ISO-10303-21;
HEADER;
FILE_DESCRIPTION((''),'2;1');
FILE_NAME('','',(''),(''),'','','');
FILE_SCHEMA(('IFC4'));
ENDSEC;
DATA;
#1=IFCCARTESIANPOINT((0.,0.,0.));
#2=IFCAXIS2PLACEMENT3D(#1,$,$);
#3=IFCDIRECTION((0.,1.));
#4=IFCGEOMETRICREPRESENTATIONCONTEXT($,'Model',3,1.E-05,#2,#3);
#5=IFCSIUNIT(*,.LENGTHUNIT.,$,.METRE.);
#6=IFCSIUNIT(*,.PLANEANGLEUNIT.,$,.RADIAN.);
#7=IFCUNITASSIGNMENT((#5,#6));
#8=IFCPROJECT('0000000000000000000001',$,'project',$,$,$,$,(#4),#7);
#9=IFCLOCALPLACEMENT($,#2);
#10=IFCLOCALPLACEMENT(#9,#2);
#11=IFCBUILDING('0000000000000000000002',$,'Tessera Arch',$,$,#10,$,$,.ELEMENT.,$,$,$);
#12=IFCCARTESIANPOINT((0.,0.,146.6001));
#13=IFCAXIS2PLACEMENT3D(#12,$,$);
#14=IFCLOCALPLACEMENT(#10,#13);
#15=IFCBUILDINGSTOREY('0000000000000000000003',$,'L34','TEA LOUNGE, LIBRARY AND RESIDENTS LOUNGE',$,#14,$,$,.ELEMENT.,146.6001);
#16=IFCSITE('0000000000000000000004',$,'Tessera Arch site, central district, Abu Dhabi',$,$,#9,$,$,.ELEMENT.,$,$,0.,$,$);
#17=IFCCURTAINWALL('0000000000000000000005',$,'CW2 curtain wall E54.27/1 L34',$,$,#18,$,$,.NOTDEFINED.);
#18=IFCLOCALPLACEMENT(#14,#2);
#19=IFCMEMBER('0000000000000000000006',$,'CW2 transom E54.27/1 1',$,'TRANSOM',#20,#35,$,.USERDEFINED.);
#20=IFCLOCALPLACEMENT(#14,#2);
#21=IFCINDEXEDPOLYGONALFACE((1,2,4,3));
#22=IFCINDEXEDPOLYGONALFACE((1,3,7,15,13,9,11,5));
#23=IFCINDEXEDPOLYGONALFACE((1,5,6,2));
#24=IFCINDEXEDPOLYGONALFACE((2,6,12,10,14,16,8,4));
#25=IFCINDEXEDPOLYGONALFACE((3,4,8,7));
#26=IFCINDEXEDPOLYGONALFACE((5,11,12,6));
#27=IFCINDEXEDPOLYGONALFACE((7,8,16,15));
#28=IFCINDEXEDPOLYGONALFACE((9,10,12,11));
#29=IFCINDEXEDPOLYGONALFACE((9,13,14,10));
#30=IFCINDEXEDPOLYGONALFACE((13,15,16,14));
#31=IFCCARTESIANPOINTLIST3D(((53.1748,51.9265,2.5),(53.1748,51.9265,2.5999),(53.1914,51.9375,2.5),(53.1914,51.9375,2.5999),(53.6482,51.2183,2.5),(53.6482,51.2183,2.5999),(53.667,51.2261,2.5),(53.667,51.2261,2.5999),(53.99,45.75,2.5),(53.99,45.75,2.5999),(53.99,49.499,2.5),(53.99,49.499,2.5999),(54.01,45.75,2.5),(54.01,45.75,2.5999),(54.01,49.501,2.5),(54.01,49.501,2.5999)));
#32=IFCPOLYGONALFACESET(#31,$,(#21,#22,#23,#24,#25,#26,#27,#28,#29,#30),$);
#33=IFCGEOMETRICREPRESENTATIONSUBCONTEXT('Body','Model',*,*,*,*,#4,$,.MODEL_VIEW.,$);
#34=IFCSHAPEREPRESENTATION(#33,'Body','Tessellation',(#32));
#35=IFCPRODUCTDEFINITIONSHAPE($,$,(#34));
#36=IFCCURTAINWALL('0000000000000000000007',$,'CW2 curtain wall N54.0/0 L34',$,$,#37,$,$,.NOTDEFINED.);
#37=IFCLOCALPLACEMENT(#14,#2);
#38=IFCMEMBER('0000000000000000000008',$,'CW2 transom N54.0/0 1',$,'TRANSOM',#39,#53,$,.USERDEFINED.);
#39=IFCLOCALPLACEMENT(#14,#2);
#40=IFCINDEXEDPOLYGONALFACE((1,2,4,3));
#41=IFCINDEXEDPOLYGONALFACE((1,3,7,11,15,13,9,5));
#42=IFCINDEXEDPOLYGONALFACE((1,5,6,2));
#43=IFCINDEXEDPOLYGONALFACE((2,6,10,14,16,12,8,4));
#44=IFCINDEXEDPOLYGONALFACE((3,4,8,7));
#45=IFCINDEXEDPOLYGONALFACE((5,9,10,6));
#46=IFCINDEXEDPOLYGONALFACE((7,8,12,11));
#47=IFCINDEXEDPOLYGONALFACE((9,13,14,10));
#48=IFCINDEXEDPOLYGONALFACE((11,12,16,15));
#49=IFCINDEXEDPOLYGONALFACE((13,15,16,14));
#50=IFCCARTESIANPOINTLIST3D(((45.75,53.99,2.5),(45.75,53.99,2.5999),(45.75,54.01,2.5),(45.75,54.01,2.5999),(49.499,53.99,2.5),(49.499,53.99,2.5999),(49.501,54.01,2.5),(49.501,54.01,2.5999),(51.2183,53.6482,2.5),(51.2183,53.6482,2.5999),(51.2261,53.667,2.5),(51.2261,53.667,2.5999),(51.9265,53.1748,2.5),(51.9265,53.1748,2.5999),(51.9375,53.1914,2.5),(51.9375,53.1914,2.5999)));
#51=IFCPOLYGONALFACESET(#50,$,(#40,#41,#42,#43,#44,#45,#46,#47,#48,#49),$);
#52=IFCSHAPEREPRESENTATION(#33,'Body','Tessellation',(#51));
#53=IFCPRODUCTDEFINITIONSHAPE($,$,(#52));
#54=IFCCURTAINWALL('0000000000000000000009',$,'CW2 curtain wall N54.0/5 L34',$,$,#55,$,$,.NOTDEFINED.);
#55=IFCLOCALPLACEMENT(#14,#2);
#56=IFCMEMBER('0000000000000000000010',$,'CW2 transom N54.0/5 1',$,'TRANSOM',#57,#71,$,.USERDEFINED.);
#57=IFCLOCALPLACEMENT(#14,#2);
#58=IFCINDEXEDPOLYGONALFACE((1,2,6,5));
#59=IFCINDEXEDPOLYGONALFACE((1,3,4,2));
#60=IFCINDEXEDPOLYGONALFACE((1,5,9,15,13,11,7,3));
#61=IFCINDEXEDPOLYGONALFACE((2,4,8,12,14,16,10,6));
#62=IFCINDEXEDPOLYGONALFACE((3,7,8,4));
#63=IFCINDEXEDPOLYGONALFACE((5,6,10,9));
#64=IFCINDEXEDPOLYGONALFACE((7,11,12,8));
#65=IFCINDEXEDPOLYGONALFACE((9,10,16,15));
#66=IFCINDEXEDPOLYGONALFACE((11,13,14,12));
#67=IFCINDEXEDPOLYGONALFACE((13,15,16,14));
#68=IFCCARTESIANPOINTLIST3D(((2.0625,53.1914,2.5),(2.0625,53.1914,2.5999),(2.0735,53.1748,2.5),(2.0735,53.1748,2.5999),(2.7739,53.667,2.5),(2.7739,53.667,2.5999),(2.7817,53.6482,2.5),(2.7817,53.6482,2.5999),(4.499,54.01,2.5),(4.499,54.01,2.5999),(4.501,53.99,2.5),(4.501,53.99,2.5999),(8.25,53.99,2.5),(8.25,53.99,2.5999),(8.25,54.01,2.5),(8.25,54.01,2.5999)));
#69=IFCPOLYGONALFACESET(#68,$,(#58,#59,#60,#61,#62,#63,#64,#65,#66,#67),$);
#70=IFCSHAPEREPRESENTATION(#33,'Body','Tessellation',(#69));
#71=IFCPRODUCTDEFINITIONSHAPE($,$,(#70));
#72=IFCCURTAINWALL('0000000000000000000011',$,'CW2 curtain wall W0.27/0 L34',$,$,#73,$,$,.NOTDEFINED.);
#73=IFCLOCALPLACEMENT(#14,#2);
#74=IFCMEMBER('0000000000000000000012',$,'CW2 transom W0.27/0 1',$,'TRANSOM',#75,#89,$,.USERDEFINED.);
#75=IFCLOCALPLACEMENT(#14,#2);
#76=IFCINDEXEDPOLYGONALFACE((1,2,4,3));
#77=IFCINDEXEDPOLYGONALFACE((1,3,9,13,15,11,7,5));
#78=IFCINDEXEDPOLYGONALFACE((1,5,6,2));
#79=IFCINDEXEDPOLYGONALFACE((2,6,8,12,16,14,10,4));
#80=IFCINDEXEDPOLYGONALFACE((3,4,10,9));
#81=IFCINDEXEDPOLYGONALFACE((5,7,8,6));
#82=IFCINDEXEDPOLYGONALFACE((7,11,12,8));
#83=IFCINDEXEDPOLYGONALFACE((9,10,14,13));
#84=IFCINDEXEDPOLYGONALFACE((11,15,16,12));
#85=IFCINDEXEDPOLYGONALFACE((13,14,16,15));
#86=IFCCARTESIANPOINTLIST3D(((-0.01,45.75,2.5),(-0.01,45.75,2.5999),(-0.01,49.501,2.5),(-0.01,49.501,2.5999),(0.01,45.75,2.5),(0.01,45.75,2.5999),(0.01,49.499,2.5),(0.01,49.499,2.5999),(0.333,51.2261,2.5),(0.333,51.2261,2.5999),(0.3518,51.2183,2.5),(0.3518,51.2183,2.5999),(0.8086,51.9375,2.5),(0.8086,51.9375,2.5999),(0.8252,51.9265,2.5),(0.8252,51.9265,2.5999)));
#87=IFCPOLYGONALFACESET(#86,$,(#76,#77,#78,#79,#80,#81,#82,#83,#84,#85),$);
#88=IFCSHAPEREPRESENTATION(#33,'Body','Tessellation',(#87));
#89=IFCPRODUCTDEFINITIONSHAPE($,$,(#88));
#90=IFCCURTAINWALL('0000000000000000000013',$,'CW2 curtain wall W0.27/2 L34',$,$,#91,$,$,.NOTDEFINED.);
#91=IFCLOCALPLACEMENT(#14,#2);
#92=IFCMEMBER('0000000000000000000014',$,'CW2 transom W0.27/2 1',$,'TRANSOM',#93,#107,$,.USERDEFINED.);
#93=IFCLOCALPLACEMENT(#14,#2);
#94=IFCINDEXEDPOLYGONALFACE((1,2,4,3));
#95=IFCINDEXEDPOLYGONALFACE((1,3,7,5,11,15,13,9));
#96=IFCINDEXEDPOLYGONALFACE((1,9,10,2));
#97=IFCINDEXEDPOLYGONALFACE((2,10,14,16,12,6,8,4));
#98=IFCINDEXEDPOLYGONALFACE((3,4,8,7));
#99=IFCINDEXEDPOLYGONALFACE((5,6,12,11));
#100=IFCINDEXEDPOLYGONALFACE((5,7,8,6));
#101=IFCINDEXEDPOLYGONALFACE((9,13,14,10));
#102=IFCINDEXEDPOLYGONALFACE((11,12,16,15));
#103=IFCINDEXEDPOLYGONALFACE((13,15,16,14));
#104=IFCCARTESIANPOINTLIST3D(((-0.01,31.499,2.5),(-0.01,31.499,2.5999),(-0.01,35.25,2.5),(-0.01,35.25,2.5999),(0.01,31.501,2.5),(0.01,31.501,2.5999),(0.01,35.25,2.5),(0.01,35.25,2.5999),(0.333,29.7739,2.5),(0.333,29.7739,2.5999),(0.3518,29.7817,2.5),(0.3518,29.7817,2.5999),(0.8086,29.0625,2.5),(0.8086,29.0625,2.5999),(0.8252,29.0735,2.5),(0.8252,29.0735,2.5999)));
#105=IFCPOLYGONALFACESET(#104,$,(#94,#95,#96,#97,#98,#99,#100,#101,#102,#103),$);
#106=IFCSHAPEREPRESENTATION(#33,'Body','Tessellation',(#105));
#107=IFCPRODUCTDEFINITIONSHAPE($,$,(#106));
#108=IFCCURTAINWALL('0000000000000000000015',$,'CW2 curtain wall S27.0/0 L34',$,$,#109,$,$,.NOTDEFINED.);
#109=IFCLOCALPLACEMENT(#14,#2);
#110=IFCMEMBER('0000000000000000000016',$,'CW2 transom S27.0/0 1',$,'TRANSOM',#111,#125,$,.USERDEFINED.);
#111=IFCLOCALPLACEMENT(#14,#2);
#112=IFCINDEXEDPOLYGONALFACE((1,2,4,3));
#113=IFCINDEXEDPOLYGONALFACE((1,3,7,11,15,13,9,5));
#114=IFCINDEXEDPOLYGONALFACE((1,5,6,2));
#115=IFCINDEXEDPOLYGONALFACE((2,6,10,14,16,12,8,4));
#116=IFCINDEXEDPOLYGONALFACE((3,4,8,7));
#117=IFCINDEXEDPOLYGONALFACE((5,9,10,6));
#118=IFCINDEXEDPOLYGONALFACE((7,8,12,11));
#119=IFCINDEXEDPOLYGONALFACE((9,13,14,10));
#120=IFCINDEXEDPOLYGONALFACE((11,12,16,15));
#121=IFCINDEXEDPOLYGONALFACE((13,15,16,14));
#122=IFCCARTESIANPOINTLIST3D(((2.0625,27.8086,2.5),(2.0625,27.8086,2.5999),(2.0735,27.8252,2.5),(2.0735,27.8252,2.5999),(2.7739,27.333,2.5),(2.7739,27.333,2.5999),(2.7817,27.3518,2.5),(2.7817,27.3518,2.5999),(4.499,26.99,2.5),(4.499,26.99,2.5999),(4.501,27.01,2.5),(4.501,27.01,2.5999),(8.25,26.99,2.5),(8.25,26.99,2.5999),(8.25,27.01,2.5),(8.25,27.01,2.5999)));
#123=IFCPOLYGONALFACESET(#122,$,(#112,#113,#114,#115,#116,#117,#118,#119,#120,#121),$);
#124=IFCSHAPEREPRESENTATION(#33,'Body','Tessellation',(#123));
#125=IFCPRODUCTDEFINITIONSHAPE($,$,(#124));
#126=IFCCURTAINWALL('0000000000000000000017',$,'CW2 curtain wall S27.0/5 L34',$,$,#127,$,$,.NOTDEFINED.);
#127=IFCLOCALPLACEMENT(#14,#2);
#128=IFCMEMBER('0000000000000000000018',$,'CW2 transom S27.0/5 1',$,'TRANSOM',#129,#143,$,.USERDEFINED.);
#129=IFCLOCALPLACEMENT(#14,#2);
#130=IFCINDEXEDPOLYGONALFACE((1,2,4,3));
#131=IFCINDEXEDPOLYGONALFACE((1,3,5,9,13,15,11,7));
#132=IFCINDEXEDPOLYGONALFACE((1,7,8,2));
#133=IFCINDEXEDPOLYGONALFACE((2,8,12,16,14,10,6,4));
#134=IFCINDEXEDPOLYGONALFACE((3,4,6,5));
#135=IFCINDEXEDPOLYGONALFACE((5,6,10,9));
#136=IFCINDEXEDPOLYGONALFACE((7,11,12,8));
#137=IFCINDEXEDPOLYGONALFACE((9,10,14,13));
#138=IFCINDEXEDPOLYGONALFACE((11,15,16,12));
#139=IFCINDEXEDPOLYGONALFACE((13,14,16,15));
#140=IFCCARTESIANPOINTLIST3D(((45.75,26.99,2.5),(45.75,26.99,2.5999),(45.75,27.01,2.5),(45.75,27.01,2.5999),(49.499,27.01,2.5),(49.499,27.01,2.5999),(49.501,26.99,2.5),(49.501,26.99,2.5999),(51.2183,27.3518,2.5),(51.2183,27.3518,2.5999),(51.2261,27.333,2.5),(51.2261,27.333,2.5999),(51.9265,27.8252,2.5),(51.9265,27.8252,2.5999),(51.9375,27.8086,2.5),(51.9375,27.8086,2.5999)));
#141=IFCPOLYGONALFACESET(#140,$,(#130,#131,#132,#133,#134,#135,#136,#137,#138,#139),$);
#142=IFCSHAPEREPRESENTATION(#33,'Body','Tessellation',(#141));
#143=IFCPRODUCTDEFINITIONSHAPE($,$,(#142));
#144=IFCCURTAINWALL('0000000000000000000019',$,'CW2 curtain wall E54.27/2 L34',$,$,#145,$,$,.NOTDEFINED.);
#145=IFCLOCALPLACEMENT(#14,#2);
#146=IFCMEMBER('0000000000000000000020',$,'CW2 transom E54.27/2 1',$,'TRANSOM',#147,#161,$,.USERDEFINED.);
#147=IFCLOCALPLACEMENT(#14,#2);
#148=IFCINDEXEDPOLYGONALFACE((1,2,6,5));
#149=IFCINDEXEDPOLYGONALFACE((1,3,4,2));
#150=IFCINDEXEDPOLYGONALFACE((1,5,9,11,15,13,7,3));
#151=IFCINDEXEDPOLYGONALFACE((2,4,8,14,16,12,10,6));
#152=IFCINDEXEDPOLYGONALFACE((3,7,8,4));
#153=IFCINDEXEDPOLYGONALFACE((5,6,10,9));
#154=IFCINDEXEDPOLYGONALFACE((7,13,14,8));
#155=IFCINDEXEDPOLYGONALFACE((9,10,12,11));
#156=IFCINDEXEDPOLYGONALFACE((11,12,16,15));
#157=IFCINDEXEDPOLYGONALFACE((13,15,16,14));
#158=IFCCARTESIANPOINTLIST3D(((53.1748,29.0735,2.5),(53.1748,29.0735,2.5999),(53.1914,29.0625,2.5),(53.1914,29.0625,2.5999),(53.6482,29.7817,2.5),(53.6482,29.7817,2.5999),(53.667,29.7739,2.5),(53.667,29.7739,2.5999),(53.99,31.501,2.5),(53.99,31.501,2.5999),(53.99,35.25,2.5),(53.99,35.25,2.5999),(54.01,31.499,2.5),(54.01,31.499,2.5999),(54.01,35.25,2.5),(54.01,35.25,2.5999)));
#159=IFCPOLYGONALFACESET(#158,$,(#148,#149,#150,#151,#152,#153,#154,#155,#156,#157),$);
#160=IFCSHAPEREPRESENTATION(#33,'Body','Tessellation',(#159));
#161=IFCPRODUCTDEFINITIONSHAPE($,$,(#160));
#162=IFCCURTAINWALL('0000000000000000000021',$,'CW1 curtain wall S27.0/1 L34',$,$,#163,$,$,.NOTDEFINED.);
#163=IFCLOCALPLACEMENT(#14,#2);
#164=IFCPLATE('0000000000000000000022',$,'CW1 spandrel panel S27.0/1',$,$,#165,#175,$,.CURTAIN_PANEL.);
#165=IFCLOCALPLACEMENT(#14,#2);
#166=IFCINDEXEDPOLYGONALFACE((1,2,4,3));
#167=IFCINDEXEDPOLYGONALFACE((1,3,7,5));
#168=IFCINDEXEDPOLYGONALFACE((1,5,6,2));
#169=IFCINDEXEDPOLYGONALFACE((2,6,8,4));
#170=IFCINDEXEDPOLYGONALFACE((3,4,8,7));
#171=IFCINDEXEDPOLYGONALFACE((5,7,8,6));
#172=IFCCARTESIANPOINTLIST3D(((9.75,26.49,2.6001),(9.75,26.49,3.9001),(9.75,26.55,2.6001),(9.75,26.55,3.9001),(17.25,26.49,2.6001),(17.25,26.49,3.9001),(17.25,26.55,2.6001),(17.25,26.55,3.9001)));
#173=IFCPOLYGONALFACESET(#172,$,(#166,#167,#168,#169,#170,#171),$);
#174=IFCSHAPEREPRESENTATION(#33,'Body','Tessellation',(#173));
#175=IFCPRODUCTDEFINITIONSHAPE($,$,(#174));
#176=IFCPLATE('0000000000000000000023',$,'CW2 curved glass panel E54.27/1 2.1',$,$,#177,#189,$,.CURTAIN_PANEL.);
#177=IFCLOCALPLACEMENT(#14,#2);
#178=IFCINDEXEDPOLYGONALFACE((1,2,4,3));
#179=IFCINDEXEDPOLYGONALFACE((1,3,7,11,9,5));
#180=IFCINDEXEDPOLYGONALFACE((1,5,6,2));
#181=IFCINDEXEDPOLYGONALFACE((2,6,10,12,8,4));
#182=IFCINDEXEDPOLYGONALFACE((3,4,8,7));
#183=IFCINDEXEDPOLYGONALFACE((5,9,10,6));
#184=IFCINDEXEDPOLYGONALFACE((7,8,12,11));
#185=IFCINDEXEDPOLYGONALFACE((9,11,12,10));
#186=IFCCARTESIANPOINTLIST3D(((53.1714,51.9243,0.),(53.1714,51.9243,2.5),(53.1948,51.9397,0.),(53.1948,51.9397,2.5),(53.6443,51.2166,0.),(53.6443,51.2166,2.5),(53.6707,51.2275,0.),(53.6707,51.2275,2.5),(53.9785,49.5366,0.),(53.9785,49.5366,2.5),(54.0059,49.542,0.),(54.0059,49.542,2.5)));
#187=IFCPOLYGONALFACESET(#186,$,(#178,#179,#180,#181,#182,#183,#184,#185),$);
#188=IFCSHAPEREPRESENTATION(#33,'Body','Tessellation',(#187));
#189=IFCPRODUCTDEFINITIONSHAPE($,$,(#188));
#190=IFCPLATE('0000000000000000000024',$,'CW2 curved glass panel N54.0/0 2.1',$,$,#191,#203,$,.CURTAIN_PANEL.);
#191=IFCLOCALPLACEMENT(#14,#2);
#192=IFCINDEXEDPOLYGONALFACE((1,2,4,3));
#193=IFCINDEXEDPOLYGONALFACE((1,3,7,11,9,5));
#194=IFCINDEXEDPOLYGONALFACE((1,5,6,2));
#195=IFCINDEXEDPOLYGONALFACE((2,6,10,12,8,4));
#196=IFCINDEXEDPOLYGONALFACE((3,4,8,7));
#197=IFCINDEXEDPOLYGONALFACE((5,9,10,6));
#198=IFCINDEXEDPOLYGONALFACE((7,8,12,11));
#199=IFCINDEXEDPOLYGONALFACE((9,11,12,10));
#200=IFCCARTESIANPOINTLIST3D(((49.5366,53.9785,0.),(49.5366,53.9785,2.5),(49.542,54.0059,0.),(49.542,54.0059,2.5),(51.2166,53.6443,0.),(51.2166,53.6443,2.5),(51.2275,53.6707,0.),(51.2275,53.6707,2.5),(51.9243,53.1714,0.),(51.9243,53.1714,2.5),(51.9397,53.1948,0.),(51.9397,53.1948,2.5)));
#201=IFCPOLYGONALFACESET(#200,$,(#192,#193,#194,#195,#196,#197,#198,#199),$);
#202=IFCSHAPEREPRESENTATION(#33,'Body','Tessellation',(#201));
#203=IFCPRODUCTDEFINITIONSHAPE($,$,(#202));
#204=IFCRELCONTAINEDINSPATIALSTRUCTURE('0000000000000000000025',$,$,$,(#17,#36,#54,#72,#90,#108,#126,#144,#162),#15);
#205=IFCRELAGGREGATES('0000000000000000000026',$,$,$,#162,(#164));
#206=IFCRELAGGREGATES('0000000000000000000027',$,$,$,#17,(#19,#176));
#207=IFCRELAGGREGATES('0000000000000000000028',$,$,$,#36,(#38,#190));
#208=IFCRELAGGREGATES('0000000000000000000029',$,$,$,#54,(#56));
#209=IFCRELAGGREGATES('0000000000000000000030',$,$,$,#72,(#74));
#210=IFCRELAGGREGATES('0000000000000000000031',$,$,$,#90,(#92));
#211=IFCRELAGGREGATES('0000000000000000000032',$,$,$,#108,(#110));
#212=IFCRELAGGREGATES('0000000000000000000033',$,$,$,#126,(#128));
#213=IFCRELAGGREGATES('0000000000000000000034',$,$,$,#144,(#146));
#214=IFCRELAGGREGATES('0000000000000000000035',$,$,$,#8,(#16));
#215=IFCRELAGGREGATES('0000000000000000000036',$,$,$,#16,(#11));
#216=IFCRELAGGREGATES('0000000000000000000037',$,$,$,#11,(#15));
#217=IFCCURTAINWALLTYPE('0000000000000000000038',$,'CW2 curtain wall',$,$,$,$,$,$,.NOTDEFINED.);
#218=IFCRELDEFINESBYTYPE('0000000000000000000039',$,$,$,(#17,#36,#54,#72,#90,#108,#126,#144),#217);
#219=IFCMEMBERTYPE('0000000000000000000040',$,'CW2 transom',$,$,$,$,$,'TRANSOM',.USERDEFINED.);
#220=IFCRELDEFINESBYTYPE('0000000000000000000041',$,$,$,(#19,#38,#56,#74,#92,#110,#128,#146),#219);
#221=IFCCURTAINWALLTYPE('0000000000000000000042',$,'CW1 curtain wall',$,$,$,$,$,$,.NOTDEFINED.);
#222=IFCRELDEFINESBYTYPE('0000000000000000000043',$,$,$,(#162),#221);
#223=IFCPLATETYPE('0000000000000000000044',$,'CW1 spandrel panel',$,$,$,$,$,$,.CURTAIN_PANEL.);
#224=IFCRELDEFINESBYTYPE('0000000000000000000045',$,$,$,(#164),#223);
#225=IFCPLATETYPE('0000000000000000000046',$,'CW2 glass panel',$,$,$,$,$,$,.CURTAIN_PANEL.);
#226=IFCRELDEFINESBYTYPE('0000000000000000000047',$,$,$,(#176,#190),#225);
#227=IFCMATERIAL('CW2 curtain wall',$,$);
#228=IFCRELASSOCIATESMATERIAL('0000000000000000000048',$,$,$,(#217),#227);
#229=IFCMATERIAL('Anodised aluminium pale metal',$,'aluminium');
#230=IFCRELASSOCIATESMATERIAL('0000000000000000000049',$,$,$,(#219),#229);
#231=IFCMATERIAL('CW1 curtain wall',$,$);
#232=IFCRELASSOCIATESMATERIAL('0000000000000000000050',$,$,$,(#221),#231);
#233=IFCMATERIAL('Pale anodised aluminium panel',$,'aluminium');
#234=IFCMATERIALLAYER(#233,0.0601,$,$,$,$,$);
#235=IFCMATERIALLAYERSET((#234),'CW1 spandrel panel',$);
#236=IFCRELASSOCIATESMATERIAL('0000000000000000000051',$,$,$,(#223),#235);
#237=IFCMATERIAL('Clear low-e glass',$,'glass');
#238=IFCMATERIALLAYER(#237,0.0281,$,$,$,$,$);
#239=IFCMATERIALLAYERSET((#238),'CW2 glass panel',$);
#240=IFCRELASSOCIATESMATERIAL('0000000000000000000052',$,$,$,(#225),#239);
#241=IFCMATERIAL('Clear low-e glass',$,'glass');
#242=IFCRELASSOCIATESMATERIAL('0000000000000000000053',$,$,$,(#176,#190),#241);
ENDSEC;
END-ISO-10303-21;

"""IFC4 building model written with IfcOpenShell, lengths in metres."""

from ifc_helpers import new_model, si_unit, direction, frame, origin, origin_2d, place, context, subcontext, project, spatial, polyline, rectangle, outline, extrude, material, layer, layer_set, material_profile, profile_set, type_object, element, aggregate, save


model = new_model("IFC4")

# Units and contexts
model_context = context("Model", 3, precision=1e-05, world=origin(), true_north=direction((0.0, 1.0)))
body_context = subcontext(model_context, "Body", "Model", "MODEL_VIEW")
ifc_project = project(units=[si_unit("LENGTHUNIT", "METRE"), si_unit("PLANEANGLEUNIT", "RADIAN")], contexts=[model_context])

# Site, building, storey
site_placement = place(None, origin())
site = spatial("IfcSite", under=ifc_project, at=site_placement, Name="Tessera Arch site, central district, Abu Dhabi", CompositionType="ELEMENT", RefElevation=0.0)
building_placement = place(site_placement, origin())
building = spatial("IfcBuilding", under=site, at=building_placement, Name="Tessera Arch", CompositionType="ELEMENT")
storey_placement = place(building_placement, frame((0.0, 0.0, 146.6001)))
storey = spatial("IfcBuildingStorey", under=building, at=storey_placement, Name="L34", Description="TEA LOUNGE, LIBRARY AND RESIDENTS LOUNGE", CompositionType="ELEMENT", Elevation=146.6001)

# Curtain walls, members
ifc_material_1 = material(Name="CW2 curtain wall")
curtain_wall_type_1 = type_object("IfcCurtainWallType", Name="CW2 curtain wall", PredefinedType="NOTDEFINED", material=ifc_material_1)
curtain_wall_1_placement = place(storey_placement, origin())
curtain_wall_1 = element("IfcCurtainWall", 1, at=curtain_wall_1_placement, inside=storey, type_object=curtain_wall_type_1, Name="CW2 curtain wall E54.27/1 L34", PredefinedType="NOTDEFINED")
ifc_material_2 = material(Name="Anodised aluminium pale metal", Category="aluminium")
ifc_material_profile = material_profile(ifc_material_2, rectangle(XDim=0.2, YDim=0.1001, at=origin_2d()), Name="AL 200x100")
ifc_profile_set = profile_set([ifc_material_profile], Name="Anodised aluminium pale metal")
member_type = type_object("IfcMemberType", Name="CW2 transom", ElementType="TRANSOM", PredefinedType="USERDEFINED", material=ifc_profile_set)
member_1_placement = place(storey_placement, frame((0.0, 0.0, 2.5)))
member_1 = element("IfcMember", 2, at=member_1_placement, type_object=member_type, Name="CW2 transom E54.27/1 1", ObjectType="TRANSOM", PredefinedType="USERDEFINED", context=body_context, shape_type="SweptSolid", body=[
    extrude(outline(polyline([(53.99, 49.499), (53.99, 45.75), (54.01, 45.75), (54.01, 49.501), (53.667, 51.2261), (53.1914, 51.9375), (53.1748, 51.9265), (53.6482, 51.2183), (53.99, 49.499)])), origin(), (0.0, 0.0, 1.0), 0.0999),
])
curtain_wall_2_placement = place(storey_placement, origin())
curtain_wall_2 = element("IfcCurtainWall", 3, at=curtain_wall_2_placement, inside=storey, type_object=curtain_wall_type_1, Name="CW2 curtain wall N54.0/0 L34", PredefinedType="NOTDEFINED")
member_2_placement = place(storey_placement, frame((0.0, 0.0, 2.5)))
member_2 = element("IfcMember", 4, at=member_2_placement, type_object=member_type, Name="CW2 transom N54.0/0 1", ObjectType="TRANSOM", PredefinedType="USERDEFINED", context=body_context, shape_type="SweptSolid", body=[
    extrude(outline(polyline([(51.2183, 53.6482), (51.9265, 53.1748), (51.9375, 53.1914), (51.2261, 53.667), (49.501, 54.01), (45.75, 54.01), (45.75, 53.99), (49.499, 53.99), (51.2183, 53.6482)])), origin(), (0.0, 0.0, 1.0), 0.0999),
])
curtain_wall_3_placement = place(storey_placement, origin())
curtain_wall_3 = element("IfcCurtainWall", 5, at=curtain_wall_3_placement, inside=storey, type_object=curtain_wall_type_1, Name="CW2 curtain wall N54.0/5 L34", PredefinedType="NOTDEFINED")
member_3_placement = place(storey_placement, frame((0.0, 0.0, 2.5)))
member_3 = element("IfcMember", 6, at=member_3_placement, type_object=member_type, Name="CW2 transom N54.0/5 1", ObjectType="TRANSOM", PredefinedType="USERDEFINED", context=body_context, shape_type="SweptSolid", body=[
    extrude(outline(polyline([(4.501, 53.99), (8.25, 53.99), (8.25, 54.01), (4.499, 54.01), (2.7739, 53.667), (2.0625, 53.1914), (2.0735, 53.1748), (2.7817, 53.6482), (4.501, 53.99)])), origin(), (0.0, 0.0, 1.0), 0.0999),
])
curtain_wall_4_placement = place(storey_placement, origin())
curtain_wall_4 = element("IfcCurtainWall", 7, at=curtain_wall_4_placement, inside=storey, type_object=curtain_wall_type_1, Name="CW2 curtain wall W0.27/0 L34", PredefinedType="NOTDEFINED")
member_4_placement = place(storey_placement, frame((0.0, 0.0, 2.5)))
member_4 = element("IfcMember", 8, at=member_4_placement, type_object=member_type, Name="CW2 transom W0.27/0 1", ObjectType="TRANSOM", PredefinedType="USERDEFINED", context=body_context, shape_type="SweptSolid", body=[
    extrude(outline(polyline([(0.3518, 51.2183), (0.8252, 51.9265), (0.8086, 51.9375), (0.333, 51.2261), (-0.01, 49.501), (-0.01, 45.75), (0.01, 45.75), (0.01, 49.499), (0.3518, 51.2183)])), origin(), (0.0, 0.0, 1.0), 0.0999),
])
curtain_wall_5_placement = place(storey_placement, origin())
curtain_wall_5 = element("IfcCurtainWall", 9, at=curtain_wall_5_placement, inside=storey, type_object=curtain_wall_type_1, Name="CW2 curtain wall W0.27/2 L34", PredefinedType="NOTDEFINED")
member_5_placement = place(storey_placement, frame((0.0, 0.0, 2.5)))
member_5 = element("IfcMember", 10, at=member_5_placement, type_object=member_type, Name="CW2 transom W0.27/2 1", ObjectType="TRANSOM", PredefinedType="USERDEFINED", context=body_context, shape_type="SweptSolid", body=[
    extrude(outline(polyline([(0.01, 31.501), (0.01, 35.25), (-0.01, 35.25), (-0.01, 31.499), (0.333, 29.7739), (0.8086, 29.0625), (0.8252, 29.0735), (0.3518, 29.7817), (0.01, 31.501)])), origin(), (0.0, 0.0, 1.0), 0.0999),
])
curtain_wall_6_placement = place(storey_placement, origin())
curtain_wall_6 = element("IfcCurtainWall", 11, at=curtain_wall_6_placement, inside=storey, type_object=curtain_wall_type_1, Name="CW2 curtain wall S27.0/0 L34", PredefinedType="NOTDEFINED")
member_6_placement = place(storey_placement, frame((0.0, 0.0, 2.5)))
member_6 = element("IfcMember", 12, at=member_6_placement, type_object=member_type, Name="CW2 transom S27.0/0 1", ObjectType="TRANSOM", PredefinedType="USERDEFINED", context=body_context, shape_type="SweptSolid", body=[
    extrude(outline(polyline([(2.7817, 27.3518), (2.0735, 27.8252), (2.0625, 27.8086), (2.7739, 27.333), (4.499, 26.99), (8.25, 26.99), (8.25, 27.01), (4.501, 27.01), (2.7817, 27.3518)])), origin(), (0.0, 0.0, 1.0), 0.0999),
])
curtain_wall_7_placement = place(storey_placement, origin())
curtain_wall_7 = element("IfcCurtainWall", 13, at=curtain_wall_7_placement, inside=storey, type_object=curtain_wall_type_1, Name="CW2 curtain wall S27.0/5 L34", PredefinedType="NOTDEFINED")
member_7_placement = place(storey_placement, frame((0.0, 0.0, 2.5)))
member_7 = element("IfcMember", 14, at=member_7_placement, type_object=member_type, Name="CW2 transom S27.0/5 1", ObjectType="TRANSOM", PredefinedType="USERDEFINED", context=body_context, shape_type="SweptSolid", body=[
    extrude(outline(polyline([(49.499, 27.01), (45.75, 27.01), (45.75, 26.99), (49.501, 26.99), (51.2261, 27.333), (51.9375, 27.8086), (51.9265, 27.8252), (51.2183, 27.3518), (49.499, 27.01)])), origin(), (0.0, 0.0, 1.0), 0.0999),
])
curtain_wall_8_placement = place(storey_placement, origin())
curtain_wall_8 = element("IfcCurtainWall", 15, at=curtain_wall_8_placement, inside=storey, type_object=curtain_wall_type_1, Name="CW2 curtain wall E54.27/2 L34", PredefinedType="NOTDEFINED")
member_8_placement = place(storey_placement, frame((0.0, 0.0, 2.5)))
member_8 = element("IfcMember", 16, at=member_8_placement, type_object=member_type, Name="CW2 transom E54.27/2 1", ObjectType="TRANSOM", PredefinedType="USERDEFINED", context=body_context, shape_type="SweptSolid", body=[
    extrude(outline(polyline([(53.6482, 29.7817), (53.1748, 29.0735), (53.1914, 29.0625), (53.667, 29.7739), (54.01, 31.499), (54.01, 35.25), (53.99, 35.25), (53.99, 31.501), (53.6482, 29.7817)])), origin(), (0.0, 0.0, 1.0), 0.0999),
])

# Curtain wall, plate
ifc_material_3 = material(Name="CW1 curtain wall")
curtain_wall_type_2 = type_object("IfcCurtainWallType", Name="CW1 curtain wall", PredefinedType="NOTDEFINED", material=ifc_material_3)
curtain_wall_9_placement = place(storey_placement, origin())
curtain_wall_9 = element("IfcCurtainWall", 17, at=curtain_wall_9_placement, inside=storey, type_object=curtain_wall_type_2, Name="CW1 curtain wall S27.0/1 L34", PredefinedType="NOTDEFINED")
ifc_material_4 = material(Name="Pale anodised aluminium panel", Category="aluminium")
ifc_layer_1 = layer(ifc_material_4, 0.0601)
ifc_layer_set_1 = layer_set([ifc_layer_1], Name="CW1 spandrel panel")
plate_type_1 = type_object("IfcPlateType", Name="CW1 spandrel panel", PredefinedType="CURTAIN_PANEL", material=ifc_layer_set_1)
plate_1_placement = place(storey_placement, frame((13.5, 26.52, 2.6001), z_axis=(0.0, 0.0, 1.0), x_axis=(1.0, 0.0, 0.0)))
plate_1 = element("IfcPlate", 18, at=plate_1_placement, type_object=plate_type_1, Name="CW1 spandrel panel S27.0/1", PredefinedType="CURTAIN_PANEL", context=body_context, shape_type="SweptSolid", body=[
    extrude(rectangle(XDim=7.5, YDim=0.0601, at=origin_2d()), origin(), (0.0, 0.0, 1.0), 1.3),
])
aggregate(curtain_wall_9, [plate_1])

# Plates
ifc_material_5 = material(Name="Clear low-e glass", Category="glass")
ifc_material_6 = material(Name="Clear low-e glass", Category="glass")
ifc_layer_2 = layer(ifc_material_6, 0.0281)
ifc_layer_set_2 = layer_set([ifc_layer_2], Name="CW2 glass panel")
plate_type_2 = type_object("IfcPlateType", Name="CW2 glass panel", PredefinedType="CURTAIN_PANEL", material=ifc_layer_set_2)
plate_2_placement = place(storey_placement, origin())
plate_2 = element("IfcPlate", 19, at=plate_2_placement, type_object=plate_type_2, material=ifc_material_5, Name="CW2 curved glass panel E54.27/1 2.1", PredefinedType="CURTAIN_PANEL", context=body_context, shape_type="SweptSolid", body=[
    extrude(outline(polyline([(53.6443, 51.2166), (53.9785, 49.5366), (54.0059, 49.542), (53.6707, 51.2275), (53.1948, 51.9397), (53.1714, 51.9243), (53.6443, 51.2166)])), origin(), (0.0, 0.0, 1.0), 2.5),
])
plate_3_placement = place(storey_placement, origin())
plate_3 = element("IfcPlate", 20, at=plate_3_placement, type_object=plate_type_2, material=ifc_material_5, Name="CW2 curved glass panel N54.0/0 2.1", PredefinedType="CURTAIN_PANEL", context=body_context, shape_type="SweptSolid", body=[
    extrude(outline(polyline([(51.2166, 53.6443), (51.9243, 53.1714), (51.9397, 53.1948), (51.2275, 53.6707), (49.542, 54.0059), (49.5366, 53.9785), (51.2166, 53.6443)])), origin(), (0.0, 0.0, 1.0), 2.5),
])
aggregate(curtain_wall_1, [member_1, plate_2])
aggregate(curtain_wall_2, [member_2, plate_3])
aggregate(curtain_wall_3, [member_3])
aggregate(curtain_wall_4, [member_4])
aggregate(curtain_wall_5, [member_5])
aggregate(curtain_wall_6, [member_6])
aggregate(curtain_wall_7, [member_7])
aggregate(curtain_wall_8, [member_8])

save(model, "model.ifc")
